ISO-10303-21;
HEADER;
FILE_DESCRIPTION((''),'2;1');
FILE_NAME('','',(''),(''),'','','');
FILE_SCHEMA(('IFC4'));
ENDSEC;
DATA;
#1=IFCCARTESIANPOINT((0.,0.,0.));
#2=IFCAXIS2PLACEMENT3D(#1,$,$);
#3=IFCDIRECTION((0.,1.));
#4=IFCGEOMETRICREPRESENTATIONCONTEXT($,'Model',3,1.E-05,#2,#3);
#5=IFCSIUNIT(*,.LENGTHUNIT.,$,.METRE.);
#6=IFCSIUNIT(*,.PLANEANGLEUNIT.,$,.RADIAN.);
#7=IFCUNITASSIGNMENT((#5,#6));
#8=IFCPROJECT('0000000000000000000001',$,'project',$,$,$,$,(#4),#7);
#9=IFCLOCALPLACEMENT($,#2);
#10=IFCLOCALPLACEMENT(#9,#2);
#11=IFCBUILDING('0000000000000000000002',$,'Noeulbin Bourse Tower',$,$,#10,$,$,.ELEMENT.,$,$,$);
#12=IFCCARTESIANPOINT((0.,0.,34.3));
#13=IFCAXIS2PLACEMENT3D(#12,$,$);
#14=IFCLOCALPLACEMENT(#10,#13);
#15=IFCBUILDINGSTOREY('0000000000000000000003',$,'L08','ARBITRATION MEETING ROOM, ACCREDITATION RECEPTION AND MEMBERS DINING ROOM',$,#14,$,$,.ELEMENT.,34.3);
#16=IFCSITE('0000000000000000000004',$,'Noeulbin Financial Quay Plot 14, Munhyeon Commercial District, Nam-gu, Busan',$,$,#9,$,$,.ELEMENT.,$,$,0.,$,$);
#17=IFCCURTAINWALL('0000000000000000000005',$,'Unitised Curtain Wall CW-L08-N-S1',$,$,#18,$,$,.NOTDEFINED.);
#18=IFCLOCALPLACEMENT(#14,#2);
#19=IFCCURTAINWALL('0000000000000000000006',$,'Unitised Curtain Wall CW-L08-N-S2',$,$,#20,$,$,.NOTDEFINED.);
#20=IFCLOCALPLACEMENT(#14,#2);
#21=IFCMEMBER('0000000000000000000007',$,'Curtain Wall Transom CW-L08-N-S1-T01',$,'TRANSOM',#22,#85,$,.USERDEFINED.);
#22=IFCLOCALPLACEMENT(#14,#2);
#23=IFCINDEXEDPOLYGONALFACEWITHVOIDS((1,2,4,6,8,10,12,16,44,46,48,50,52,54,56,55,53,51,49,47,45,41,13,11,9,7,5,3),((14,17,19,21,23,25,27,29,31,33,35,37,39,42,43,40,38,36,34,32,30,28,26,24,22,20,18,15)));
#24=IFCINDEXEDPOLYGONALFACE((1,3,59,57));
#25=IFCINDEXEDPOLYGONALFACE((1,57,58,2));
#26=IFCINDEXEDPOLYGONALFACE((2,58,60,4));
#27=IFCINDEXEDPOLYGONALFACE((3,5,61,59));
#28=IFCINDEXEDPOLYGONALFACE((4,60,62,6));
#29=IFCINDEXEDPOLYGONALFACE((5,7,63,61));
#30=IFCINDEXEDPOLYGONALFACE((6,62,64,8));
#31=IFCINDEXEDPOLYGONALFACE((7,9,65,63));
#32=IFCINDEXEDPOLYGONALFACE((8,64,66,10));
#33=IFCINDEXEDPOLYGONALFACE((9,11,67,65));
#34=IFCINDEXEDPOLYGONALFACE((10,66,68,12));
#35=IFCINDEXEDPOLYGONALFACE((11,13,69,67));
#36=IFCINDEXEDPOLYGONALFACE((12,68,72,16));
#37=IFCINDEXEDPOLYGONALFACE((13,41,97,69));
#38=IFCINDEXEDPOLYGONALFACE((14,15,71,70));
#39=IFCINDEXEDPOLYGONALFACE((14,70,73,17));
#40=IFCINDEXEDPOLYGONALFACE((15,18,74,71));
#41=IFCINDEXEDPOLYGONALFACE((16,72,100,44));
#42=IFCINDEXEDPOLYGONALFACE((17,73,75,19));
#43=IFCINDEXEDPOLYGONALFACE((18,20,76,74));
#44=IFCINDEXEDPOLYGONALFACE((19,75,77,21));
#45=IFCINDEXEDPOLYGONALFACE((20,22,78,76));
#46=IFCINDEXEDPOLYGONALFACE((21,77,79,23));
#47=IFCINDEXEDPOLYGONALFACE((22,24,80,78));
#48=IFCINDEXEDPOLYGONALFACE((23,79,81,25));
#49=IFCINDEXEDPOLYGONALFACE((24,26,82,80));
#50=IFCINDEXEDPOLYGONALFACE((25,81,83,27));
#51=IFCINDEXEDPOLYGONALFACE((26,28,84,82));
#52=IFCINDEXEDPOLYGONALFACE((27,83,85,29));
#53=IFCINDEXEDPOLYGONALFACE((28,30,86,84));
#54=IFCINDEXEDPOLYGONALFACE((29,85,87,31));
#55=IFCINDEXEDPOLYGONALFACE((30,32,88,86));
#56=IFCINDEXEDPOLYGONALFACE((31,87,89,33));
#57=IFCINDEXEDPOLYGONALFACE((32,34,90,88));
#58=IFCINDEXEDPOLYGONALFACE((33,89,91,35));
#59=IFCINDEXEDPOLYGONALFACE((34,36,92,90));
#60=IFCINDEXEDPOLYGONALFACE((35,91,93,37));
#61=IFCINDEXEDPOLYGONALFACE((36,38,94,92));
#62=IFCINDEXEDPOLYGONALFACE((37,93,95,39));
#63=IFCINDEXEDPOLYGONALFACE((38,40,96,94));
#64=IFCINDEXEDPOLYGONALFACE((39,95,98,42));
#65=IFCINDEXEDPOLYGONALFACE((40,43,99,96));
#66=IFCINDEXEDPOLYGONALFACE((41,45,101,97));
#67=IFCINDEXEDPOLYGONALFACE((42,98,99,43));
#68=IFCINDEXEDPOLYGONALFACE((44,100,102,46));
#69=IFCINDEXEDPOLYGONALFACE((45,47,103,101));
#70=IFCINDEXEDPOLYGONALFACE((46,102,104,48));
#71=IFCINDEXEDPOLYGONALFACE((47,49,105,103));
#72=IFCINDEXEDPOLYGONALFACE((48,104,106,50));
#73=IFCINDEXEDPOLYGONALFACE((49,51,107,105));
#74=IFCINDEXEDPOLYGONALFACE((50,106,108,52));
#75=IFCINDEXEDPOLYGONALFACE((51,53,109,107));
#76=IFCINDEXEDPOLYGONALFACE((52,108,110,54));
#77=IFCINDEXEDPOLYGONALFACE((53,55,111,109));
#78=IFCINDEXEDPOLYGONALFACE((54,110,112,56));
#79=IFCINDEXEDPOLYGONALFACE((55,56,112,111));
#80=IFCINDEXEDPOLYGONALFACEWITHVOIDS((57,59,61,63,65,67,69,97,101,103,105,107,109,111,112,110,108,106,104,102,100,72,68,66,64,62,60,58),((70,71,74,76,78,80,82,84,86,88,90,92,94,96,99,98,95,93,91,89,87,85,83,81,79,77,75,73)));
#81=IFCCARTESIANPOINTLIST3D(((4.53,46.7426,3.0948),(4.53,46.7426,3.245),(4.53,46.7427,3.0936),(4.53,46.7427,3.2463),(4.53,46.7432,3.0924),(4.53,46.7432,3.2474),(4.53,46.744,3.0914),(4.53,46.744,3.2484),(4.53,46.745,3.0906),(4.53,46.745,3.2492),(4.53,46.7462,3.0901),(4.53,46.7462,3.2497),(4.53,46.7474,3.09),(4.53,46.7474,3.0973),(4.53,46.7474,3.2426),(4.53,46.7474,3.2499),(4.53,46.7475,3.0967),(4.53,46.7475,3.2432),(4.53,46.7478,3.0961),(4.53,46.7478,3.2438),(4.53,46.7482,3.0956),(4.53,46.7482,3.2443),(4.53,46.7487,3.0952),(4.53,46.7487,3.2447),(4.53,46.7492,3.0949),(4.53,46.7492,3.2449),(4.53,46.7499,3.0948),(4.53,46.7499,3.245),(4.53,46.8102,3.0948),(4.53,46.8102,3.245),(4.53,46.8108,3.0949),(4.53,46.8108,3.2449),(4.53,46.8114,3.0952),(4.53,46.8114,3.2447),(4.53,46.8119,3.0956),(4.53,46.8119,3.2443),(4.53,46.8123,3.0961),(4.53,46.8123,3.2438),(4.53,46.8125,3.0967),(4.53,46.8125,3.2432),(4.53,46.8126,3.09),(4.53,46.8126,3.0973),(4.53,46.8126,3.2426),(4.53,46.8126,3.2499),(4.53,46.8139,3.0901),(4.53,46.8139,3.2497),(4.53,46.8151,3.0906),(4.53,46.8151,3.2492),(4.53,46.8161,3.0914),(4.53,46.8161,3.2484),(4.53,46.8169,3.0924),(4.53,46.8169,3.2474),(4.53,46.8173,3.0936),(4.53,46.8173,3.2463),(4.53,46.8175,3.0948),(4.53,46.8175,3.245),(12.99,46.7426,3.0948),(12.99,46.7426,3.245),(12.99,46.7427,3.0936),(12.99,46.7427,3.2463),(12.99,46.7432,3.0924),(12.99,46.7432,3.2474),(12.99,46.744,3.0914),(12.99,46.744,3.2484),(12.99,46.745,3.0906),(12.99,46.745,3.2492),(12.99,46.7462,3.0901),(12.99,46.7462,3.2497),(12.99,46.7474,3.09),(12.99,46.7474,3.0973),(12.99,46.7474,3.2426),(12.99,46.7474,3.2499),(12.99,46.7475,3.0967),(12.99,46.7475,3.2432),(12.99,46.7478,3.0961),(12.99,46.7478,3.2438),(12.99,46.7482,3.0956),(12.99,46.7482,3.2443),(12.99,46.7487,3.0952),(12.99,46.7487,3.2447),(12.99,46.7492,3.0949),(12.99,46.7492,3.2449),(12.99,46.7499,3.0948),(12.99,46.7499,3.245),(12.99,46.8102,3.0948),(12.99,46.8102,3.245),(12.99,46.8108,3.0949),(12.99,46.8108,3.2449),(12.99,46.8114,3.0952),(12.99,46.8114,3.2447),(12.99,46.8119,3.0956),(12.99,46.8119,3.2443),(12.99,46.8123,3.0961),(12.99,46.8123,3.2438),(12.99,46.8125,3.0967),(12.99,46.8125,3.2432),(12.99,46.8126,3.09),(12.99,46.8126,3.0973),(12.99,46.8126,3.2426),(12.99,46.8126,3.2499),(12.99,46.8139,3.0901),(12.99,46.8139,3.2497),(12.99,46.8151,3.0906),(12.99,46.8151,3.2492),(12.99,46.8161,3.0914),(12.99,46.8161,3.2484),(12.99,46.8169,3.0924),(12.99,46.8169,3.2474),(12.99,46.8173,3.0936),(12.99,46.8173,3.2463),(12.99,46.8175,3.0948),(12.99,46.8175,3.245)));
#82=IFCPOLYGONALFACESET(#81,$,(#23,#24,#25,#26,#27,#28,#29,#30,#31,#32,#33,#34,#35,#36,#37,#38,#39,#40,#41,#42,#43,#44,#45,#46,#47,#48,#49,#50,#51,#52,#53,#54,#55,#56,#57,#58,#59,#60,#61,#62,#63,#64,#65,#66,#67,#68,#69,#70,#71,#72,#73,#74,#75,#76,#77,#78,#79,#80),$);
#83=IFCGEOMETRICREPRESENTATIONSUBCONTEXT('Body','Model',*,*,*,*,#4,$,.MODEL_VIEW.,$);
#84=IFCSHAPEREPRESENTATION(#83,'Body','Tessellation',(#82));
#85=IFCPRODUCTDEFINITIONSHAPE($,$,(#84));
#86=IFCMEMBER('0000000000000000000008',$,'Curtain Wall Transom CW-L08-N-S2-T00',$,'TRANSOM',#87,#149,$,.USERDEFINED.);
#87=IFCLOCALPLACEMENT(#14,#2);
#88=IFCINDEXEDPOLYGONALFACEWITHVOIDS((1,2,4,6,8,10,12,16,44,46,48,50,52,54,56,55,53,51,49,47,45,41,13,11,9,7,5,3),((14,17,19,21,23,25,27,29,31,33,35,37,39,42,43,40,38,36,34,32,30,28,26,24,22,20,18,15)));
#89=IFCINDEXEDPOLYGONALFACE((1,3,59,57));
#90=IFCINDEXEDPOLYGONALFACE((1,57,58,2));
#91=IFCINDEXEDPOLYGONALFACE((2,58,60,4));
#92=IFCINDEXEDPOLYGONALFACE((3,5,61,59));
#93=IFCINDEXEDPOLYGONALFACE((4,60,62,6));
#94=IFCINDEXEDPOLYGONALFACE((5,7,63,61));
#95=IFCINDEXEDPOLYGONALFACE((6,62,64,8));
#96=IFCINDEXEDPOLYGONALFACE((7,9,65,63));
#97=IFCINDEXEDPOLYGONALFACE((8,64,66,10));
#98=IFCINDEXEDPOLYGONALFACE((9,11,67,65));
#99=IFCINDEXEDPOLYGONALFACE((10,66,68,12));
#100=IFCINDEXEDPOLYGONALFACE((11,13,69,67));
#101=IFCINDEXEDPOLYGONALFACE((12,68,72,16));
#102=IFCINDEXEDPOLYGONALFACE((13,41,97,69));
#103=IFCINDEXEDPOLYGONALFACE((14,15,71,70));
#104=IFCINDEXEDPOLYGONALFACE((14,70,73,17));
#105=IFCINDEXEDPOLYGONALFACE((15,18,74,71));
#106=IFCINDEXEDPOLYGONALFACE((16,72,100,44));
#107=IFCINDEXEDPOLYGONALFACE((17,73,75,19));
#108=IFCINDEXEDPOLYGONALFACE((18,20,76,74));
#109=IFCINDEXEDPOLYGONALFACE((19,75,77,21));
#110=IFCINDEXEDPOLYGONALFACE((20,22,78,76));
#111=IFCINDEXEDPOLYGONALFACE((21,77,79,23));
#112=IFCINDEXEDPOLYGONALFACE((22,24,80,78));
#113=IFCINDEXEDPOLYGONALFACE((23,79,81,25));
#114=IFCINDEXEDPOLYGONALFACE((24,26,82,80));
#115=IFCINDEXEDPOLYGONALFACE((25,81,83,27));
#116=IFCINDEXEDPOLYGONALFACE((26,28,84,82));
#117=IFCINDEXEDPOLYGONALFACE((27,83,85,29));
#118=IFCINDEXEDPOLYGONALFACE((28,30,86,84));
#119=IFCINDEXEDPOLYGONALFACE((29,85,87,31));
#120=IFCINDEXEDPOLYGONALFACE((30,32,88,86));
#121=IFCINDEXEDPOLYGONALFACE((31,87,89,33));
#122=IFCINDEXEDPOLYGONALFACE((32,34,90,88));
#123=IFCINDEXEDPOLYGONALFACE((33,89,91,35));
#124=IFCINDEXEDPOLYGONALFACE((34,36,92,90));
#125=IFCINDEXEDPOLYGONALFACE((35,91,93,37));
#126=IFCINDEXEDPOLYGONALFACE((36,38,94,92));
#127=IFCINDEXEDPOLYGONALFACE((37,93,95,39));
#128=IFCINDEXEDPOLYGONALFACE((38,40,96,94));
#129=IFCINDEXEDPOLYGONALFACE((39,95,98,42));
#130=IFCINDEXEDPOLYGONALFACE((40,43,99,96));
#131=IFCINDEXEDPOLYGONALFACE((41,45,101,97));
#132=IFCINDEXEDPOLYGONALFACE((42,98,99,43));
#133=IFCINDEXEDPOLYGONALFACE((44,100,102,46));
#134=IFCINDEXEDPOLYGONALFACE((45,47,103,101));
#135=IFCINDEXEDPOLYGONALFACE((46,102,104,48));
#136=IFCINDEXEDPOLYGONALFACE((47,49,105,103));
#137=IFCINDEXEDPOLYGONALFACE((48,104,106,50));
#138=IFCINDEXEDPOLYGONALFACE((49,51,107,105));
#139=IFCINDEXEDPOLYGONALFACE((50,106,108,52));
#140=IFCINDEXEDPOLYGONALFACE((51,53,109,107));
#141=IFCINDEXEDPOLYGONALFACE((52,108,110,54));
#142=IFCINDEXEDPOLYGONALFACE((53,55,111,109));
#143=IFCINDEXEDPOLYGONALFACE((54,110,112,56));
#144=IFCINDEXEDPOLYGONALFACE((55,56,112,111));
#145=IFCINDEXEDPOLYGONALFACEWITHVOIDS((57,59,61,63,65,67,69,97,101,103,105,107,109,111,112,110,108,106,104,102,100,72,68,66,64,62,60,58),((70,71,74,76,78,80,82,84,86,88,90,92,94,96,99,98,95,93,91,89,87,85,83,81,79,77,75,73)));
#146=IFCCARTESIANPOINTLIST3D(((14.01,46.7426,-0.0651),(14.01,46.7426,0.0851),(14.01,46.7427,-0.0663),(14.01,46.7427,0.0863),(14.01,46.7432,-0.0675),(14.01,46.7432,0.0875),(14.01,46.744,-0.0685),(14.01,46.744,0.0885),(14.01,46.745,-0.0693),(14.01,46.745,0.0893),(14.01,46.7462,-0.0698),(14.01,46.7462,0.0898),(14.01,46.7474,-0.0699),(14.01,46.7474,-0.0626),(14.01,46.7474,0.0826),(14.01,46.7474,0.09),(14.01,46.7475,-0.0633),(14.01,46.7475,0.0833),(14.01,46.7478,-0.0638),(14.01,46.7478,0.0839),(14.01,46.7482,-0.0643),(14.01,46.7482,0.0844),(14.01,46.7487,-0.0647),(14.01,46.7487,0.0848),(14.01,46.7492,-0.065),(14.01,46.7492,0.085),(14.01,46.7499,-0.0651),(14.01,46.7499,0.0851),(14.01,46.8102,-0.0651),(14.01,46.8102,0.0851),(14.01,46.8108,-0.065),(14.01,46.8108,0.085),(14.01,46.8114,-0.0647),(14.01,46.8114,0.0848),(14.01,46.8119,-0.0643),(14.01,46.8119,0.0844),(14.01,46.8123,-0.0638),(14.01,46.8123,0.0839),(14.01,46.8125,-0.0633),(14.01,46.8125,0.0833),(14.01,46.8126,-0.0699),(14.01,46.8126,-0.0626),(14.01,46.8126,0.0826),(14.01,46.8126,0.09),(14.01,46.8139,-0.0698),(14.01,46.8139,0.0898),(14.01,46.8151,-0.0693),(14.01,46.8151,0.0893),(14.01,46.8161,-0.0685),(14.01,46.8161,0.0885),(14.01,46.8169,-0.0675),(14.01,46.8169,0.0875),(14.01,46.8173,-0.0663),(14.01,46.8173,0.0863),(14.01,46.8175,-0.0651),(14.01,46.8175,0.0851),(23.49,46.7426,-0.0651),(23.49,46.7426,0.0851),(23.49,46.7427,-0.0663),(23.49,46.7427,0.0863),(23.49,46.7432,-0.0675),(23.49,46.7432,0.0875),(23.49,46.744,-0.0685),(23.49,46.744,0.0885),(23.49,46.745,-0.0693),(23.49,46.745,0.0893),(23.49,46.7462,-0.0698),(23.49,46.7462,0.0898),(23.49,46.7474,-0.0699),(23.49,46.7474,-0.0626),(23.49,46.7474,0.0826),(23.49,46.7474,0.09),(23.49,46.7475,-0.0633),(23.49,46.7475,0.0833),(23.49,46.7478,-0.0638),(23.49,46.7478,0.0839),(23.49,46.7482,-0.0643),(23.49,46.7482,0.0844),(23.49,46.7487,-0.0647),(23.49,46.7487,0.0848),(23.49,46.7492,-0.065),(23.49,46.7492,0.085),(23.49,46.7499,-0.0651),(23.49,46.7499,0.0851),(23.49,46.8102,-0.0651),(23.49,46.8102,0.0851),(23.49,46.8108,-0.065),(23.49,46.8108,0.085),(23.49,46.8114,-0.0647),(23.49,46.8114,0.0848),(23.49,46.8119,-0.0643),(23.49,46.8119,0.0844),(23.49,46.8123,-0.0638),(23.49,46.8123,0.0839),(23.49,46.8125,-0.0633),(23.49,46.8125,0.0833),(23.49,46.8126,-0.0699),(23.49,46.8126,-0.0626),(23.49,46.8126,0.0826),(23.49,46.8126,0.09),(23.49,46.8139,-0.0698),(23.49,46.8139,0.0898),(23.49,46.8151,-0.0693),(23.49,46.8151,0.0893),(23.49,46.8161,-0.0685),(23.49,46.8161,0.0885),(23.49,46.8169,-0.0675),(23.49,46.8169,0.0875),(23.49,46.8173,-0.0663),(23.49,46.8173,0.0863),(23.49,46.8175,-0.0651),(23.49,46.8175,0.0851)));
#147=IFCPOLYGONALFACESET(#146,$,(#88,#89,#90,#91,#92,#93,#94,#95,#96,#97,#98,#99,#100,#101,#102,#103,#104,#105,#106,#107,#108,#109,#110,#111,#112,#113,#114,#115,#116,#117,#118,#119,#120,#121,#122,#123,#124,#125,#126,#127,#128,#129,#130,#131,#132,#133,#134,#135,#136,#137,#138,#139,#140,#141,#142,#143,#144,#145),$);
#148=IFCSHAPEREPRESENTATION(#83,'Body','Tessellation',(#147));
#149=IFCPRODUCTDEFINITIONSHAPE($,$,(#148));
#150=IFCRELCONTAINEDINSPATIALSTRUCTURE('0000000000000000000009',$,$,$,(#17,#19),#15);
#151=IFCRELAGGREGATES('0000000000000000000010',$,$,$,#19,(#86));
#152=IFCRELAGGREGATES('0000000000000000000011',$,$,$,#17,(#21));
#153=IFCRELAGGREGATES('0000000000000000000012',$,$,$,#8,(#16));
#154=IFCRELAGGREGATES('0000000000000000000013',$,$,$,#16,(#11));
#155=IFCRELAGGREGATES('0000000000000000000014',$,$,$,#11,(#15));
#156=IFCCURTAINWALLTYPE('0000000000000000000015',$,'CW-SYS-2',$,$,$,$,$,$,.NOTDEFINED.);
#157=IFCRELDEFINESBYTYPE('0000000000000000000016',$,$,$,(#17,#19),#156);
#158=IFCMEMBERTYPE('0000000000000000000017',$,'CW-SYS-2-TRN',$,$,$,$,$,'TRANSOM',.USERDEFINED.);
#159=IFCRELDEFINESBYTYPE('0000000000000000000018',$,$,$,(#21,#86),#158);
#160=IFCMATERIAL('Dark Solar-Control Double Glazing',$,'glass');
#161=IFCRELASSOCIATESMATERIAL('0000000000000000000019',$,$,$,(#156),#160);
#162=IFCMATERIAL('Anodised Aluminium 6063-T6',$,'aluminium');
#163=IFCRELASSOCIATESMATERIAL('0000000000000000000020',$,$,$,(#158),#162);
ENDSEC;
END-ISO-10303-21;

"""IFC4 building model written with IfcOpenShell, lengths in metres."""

from ifc_helpers import new_model, si_unit, direction, frame, origin, origin_2d, place, context, subcontext, project, spatial, hollow_rectangle, extrude, material, material_profile, profile_set, type_object, element, aggregate, save


model = new_model("IFC4")

# Units and contexts
model_context = context("Model", 3, precision=1e-05, world=origin(), true_north=direction((0.0, 1.0)))
body_context = subcontext(model_context, "Body", "Model", "MODEL_VIEW")
ifc_project = project(units=[si_unit("LENGTHUNIT", "METRE"), si_unit("PLANEANGLEUNIT", "RADIAN")], contexts=[model_context])

# Site, building, storey
site_placement = place(None, origin())
site = spatial("IfcSite", under=ifc_project, at=site_placement, Name="Noeulbin Financial Quay Plot 14, Munhyeon Commercial District, Nam-gu, Busan", CompositionType="ELEMENT", RefElevation=0.0)
building_placement = place(site_placement, origin())
building = spatial("IfcBuilding", under=site, at=building_placement, Name="Noeulbin Bourse Tower", CompositionType="ELEMENT")
storey_placement = place(building_placement, frame((0.0, 0.0, 34.3)))
storey = spatial("IfcBuildingStorey", under=building, at=storey_placement, Name="L08", Description="ARBITRATION MEETING ROOM, ACCREDITATION RECEPTION AND MEMBERS DINING ROOM", CompositionType="ELEMENT", Elevation=34.3)

# Curtain wall
ifc_material_1 = material(Name="Dark Solar-Control Double Glazing", Category="glass")
curtain_wall_type = type_object("IfcCurtainWallType", Name="CW-SYS-2", PredefinedType="NOTDEFINED", material=ifc_material_1)
curtain_wall_1_placement = place(storey_placement, origin())
curtain_wall_1 = element("IfcCurtainWall", 1, at=curtain_wall_1_placement, inside=storey, type_object=curtain_wall_type, Name="Unitised Curtain Wall CW-L08-N-S1", PredefinedType="NOTDEFINED")
ifc_material_2 = material(Name="Anodised Aluminium 6063-T6", Category="aluminium")

# Curtain wall
curtain_wall_2_placement = place(storey_placement, origin())
curtain_wall_2 = element("IfcCurtainWall", 2, at=curtain_wall_2_placement, inside=storey, type_object=curtain_wall_type, Name="Unitised Curtain Wall CW-L08-N-S2", PredefinedType="NOTDEFINED")

# Members
ifc_material_profile_1 = material_profile(ifc_material_2, hollow_rectangle(XDim=0.075, YDim=0.1599, WallThickness=0.0049, InnerFilletRadius=0.0024, OuterFilletRadius=0.0049, at=origin_2d()), Name="ALU-TRAN-75x160x5", Category="LoadBearing")
ifc_profile_set_1 = profile_set([ifc_material_profile_1], Name="Anodised Aluminium 6063-T6")
member_type_1 = type_object("IfcMemberType", Name="CW-SYS-2-TRN", ElementType="TRANSOM", PredefinedType="USERDEFINED", material=ifc_profile_set_1)
member_1_placement = place(storey_placement, frame((4.53, 46.78, 3.1699), z_axis=(1.0, 0.0, 0.0), x_axis=(0.0, 1.0, 0.0)))
member_1 = element("IfcMember", 3, at=member_1_placement, type_object=member_type_1, Name="Curtain Wall Transom CW-L08-N-S1-T01", ObjectType="TRANSOM", PredefinedType="USERDEFINED", context=body_context, shape_type="SweptSolid", body=[
    extrude(hollow_rectangle(XDim=0.075, YDim=0.1599, WallThickness=0.0049, InnerFilletRadius=0.0024, OuterFilletRadius=0.0049, at=origin_2d()), origin(), (0.0, 0.0, 1.0), 8.46),
])
member_2_placement = place(storey_placement, frame((14.01, 46.78, 0.01), z_axis=(1.0, 0.0, 0.0), x_axis=(0.0, 1.0, 0.0)))
member_2 = element("IfcMember", 4, at=member_2_placement, type_object=member_type_1, Name="Curtain Wall Transom CW-L08-N-S2-T00", ObjectType="TRANSOM", PredefinedType="USERDEFINED", context=body_context, shape_type="SweptSolid", body=[
    extrude(hollow_rectangle(XDim=0.075, YDim=0.1599, WallThickness=0.0049, InnerFilletRadius=0.0024, OuterFilletRadius=0.0049, at=origin_2d()), origin(), (0.0, 0.0, 1.0), 9.48),
])
aggregate(curtain_wall_2, [member_2])

aggregate(curtain_wall_1, [member_1])

save(model, "model.ifc")
